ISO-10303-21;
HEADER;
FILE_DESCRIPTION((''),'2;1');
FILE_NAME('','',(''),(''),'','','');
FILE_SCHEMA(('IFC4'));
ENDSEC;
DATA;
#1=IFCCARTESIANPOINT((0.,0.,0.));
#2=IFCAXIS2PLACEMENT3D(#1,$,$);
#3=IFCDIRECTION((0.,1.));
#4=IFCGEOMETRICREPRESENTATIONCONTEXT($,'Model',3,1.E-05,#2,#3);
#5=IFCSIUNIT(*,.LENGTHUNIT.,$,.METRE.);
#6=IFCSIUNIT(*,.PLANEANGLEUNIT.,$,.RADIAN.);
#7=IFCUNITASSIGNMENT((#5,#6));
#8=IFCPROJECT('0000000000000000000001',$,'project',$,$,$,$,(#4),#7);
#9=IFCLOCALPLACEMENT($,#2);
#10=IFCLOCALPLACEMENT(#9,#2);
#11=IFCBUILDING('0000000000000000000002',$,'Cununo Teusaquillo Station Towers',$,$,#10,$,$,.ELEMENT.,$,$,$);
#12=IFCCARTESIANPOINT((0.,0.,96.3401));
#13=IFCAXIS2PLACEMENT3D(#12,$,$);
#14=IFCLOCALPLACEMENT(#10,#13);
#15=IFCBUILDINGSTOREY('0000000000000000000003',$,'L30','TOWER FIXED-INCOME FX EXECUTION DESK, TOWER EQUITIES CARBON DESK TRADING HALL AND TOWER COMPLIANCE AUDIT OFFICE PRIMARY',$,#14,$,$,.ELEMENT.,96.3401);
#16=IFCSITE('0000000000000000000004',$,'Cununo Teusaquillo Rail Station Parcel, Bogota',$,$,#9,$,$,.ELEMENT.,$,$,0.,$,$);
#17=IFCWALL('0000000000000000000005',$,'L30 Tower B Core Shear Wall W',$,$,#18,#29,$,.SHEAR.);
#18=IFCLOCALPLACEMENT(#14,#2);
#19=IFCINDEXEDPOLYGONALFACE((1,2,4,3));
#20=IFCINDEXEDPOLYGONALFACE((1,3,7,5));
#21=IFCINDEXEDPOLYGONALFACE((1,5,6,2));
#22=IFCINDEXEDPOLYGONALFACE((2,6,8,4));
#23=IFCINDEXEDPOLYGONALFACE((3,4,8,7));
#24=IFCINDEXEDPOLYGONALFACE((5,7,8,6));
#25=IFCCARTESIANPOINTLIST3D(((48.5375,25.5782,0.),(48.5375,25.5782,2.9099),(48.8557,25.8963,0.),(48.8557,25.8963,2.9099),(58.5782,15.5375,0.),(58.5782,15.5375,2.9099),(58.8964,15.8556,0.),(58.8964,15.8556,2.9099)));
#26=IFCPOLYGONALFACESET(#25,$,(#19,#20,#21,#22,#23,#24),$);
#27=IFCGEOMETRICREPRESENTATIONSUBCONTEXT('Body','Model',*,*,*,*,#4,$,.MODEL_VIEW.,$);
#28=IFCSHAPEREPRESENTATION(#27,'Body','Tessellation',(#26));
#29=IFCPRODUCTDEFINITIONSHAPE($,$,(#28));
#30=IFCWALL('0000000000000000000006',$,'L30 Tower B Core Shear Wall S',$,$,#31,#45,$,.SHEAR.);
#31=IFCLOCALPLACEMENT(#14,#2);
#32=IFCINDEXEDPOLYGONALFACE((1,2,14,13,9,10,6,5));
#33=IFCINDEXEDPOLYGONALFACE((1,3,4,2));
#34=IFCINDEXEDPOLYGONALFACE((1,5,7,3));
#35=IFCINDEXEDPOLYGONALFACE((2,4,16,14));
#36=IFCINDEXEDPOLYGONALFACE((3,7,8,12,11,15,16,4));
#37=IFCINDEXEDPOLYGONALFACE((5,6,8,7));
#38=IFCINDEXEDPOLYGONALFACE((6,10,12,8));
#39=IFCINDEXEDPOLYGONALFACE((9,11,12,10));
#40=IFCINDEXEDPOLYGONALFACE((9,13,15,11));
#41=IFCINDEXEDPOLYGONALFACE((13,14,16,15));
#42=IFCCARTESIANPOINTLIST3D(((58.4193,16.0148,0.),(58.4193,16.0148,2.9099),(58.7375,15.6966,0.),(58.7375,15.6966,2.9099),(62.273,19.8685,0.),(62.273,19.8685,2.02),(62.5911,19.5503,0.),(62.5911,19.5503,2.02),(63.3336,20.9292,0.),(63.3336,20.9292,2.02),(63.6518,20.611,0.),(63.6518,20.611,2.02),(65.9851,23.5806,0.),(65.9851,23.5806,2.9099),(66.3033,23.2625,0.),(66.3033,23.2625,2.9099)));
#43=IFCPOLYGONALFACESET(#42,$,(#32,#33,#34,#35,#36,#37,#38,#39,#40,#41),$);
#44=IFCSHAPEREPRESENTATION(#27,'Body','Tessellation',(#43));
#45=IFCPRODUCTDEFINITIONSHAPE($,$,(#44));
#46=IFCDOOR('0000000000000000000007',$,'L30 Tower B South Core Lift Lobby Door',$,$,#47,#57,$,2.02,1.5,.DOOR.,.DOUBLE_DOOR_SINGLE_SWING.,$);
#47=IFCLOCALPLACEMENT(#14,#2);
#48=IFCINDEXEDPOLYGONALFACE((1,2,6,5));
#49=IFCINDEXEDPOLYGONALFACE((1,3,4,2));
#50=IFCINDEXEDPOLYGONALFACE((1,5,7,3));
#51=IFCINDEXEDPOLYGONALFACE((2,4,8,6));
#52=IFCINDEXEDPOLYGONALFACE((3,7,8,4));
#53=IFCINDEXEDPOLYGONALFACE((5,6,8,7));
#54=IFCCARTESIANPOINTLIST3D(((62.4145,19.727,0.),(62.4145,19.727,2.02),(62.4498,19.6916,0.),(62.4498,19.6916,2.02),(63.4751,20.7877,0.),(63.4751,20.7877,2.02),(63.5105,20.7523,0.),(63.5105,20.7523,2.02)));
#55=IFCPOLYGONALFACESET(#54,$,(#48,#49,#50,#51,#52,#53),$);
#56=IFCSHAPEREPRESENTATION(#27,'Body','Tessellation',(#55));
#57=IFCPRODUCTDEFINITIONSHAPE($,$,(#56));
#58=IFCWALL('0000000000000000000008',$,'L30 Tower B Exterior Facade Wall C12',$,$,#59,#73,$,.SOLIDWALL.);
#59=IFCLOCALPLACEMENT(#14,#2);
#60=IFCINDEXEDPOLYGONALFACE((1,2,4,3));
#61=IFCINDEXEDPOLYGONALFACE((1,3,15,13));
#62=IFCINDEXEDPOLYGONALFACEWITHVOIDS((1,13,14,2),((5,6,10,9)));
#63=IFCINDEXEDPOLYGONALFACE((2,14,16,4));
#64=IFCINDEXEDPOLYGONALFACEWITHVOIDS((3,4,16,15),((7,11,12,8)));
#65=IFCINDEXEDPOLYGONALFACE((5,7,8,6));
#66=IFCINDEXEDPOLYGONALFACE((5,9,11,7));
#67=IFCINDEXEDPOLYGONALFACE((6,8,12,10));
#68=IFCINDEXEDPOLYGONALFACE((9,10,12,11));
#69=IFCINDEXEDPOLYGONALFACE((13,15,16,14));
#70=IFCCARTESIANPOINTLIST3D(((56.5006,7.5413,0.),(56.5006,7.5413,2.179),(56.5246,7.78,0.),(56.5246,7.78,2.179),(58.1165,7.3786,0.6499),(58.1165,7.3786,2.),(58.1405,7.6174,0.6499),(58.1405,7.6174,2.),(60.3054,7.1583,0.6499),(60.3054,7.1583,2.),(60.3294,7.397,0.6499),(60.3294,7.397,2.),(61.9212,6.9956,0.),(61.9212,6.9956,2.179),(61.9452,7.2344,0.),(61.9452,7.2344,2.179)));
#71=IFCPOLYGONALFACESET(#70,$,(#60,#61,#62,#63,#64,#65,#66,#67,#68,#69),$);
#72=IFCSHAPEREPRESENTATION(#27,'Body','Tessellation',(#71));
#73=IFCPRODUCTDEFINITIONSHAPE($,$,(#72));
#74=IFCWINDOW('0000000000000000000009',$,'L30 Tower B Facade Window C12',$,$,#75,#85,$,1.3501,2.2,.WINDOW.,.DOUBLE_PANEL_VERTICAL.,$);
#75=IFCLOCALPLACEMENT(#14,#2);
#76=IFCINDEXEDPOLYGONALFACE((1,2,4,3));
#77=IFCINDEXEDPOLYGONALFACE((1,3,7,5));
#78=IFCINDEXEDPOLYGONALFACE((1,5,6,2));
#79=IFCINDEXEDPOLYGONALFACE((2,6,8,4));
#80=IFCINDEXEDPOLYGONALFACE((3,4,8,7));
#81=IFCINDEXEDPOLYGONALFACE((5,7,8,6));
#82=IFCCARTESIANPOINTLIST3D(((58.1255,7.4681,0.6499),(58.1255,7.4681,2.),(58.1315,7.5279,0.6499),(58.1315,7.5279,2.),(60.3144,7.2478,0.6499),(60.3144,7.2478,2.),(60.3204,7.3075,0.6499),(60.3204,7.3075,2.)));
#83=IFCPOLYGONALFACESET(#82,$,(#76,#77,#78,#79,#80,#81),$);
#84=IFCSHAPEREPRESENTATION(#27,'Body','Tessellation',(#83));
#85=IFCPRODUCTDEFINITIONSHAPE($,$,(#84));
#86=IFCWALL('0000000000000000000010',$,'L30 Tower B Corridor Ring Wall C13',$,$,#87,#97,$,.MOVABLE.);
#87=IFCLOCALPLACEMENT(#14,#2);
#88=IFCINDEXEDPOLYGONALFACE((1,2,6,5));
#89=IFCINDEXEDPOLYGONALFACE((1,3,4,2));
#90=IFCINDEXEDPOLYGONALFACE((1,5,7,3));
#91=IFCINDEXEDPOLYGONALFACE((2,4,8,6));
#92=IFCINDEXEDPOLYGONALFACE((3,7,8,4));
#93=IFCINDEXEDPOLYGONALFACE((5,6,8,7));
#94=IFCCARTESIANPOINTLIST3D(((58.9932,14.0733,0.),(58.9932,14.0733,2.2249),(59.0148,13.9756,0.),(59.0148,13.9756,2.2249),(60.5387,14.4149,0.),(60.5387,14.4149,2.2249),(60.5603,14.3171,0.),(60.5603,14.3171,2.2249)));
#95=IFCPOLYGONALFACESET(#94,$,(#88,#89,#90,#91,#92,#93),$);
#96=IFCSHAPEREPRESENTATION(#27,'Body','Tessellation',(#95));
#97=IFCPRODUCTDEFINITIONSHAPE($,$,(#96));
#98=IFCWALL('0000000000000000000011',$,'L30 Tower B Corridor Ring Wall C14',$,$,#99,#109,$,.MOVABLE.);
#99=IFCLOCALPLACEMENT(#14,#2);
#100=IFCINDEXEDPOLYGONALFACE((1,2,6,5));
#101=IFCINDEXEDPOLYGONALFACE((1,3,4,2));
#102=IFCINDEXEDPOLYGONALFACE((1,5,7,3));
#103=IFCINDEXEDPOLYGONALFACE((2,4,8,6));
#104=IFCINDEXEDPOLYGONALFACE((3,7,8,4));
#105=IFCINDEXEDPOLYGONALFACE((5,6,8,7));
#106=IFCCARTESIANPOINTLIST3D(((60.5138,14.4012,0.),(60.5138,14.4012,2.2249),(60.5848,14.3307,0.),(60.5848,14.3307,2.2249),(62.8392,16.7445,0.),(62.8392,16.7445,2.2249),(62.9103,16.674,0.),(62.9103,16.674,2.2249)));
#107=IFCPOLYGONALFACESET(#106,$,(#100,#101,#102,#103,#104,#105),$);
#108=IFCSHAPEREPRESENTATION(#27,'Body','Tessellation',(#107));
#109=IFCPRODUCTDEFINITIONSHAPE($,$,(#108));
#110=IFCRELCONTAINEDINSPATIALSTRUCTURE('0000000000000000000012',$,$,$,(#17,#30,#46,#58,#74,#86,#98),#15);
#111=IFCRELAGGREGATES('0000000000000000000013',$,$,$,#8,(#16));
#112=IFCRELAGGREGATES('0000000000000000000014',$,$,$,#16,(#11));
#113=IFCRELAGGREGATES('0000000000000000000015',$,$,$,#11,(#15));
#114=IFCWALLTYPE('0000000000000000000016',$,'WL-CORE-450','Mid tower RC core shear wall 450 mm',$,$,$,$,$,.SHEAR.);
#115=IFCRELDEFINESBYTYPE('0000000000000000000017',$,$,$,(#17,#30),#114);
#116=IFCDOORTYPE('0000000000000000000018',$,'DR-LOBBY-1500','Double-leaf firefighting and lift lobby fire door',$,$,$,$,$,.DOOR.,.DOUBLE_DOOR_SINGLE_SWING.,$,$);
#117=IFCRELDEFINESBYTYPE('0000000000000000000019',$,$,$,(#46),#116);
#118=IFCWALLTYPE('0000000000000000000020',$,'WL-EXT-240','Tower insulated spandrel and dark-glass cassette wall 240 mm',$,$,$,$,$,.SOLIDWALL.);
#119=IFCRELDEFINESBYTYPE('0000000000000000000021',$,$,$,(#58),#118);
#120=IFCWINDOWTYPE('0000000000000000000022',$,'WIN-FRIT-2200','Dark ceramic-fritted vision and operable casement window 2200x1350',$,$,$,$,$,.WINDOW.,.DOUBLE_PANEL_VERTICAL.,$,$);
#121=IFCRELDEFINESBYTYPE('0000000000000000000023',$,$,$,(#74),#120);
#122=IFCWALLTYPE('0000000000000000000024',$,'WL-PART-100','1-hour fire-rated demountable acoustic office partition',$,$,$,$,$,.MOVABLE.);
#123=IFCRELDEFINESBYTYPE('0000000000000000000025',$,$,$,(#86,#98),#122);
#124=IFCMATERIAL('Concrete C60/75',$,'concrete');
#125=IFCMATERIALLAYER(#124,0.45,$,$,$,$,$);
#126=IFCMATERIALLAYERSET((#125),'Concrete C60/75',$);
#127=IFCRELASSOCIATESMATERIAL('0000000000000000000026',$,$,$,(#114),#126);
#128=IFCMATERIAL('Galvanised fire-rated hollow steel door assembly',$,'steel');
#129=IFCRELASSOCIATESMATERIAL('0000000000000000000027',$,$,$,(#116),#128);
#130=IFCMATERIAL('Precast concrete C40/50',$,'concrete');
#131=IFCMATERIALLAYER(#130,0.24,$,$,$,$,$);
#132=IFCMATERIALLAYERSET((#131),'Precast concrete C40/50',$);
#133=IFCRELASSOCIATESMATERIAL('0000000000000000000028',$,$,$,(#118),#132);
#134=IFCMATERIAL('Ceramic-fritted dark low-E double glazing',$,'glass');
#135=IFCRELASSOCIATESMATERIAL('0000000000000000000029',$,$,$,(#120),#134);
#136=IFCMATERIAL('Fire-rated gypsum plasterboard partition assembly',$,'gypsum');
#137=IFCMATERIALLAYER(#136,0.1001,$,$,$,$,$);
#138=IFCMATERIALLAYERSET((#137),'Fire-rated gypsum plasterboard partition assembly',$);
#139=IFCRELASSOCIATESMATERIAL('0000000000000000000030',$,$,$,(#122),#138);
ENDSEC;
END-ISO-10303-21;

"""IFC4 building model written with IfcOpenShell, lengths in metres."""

from ifc_helpers import new_model, si_unit, direction, frame, frame_2d, origin, place, context, subcontext, project, spatial, rectangle, extrude, source, transform, mapped, material, layer, layer_set, type_object, element, fill, save


model = new_model("IFC4")

# Units and contexts
model_context = context("Model", 3, precision=1e-05, world=origin(), true_north=direction((0.0, 1.0)))
body_context = subcontext(model_context, "Body", "Model", "MODEL_VIEW")
ifc_project = project(units=[si_unit("LENGTHUNIT", "METRE"), si_unit("PLANEANGLEUNIT", "RADIAN")], contexts=[model_context])

# Site, building, storey
site_placement = place(None, origin())
site = spatial("IfcSite", under=ifc_project, at=site_placement, Name="Cununo Teusaquillo Rail Station Parcel, Bogota", CompositionType="ELEMENT", RefElevation=0.0)
building_placement = place(site_placement, origin())
building = spatial("IfcBuilding", under=site, at=building_placement, Name="Cununo Teusaquillo Station Towers", CompositionType="ELEMENT")
storey_placement = place(building_placement, frame((0.0, 0.0, 96.3401)))
storey = spatial("IfcBuildingStorey", under=building, at=storey_placement, Name="L30", Description="TOWER FIXED-INCOME FX EXECUTION DESK, TOWER EQUITIES CARBON DESK TRADING HALL AND TOWER COMPLIANCE AUDIT OFFICE PRIMARY", CompositionType="ELEMENT", Elevation=96.3401)

# Wall
ifc_material_1 = material(Name="Concrete C60/75", Category="concrete")
ifc_layer_1 = layer(ifc_material_1, 0.45)
ifc_layer_set_1 = layer_set([ifc_layer_1], Name="Concrete C60/75")
wall_type_1 = type_object("IfcWallType", Name="WL-CORE-450", Description="Mid tower RC core shear wall 450 mm", PredefinedType="SHEAR", material=ifc_layer_set_1)
wall_1_placement = place(storey_placement, frame((58.7373, 15.6965, 0.0), z_axis=(0.0, 0.0, 1.0), x_axis=(-0.707107, 0.707107, 0.0)))
element("IfcWall", 1, at=wall_1_placement, inside=storey, type_object=wall_type_1, Name="L30 Tower B Core Shear Wall W", PredefinedType="SHEAR", context=body_context, shape_type="SweptSolid", body=[
    extrude(rectangle(XDim=14.1997, YDim=0.45, at=frame_2d((7.0999, 0.0))), origin(), (0.0, 0.0, 1.0), 2.9099),
])

# Wall, opening, door
wall_2_placement = place(storey_placement, frame((58.5784, 15.8557, 0.0), z_axis=(0.0, 0.0, 1.0), x_axis=(0.707107, 0.707107, 0.0)))
wall_2 = element("IfcWall", 2, at=wall_2_placement, inside=storey, type_object=wall_type_1, Name="L30 Tower B Core Shear Wall S", PredefinedType="SHEAR", context=body_context, shape_type="SweptSolid", body=[
    extrude(rectangle(XDim=10.6997, YDim=0.45, at=frame_2d((5.3499, 0.0))), origin(), (0.0, 0.0, 1.0), 2.9099),
])
shared_shape_1 = source(origin(), body_context, "Body", "SweptSolid", [
    extrude(rectangle(XDim=1.5, YDim=2.02, at=frame_2d((0.75, 1.01))), frame((0.0, 0.2349, 0.0), z_axis=(0.0, -1.0, 0.0), x_axis=(1.0, 0.0, 0.0)), (0.0, 0.0, 1.0), 0.47),
])
opening_1_placement = place(wall_2_placement, frame((5.45, 0.0, 0.0)))
opening_1 = element("IfcOpeningElement", 3, at=opening_1_placement, cuts=wall_2, PredefinedType="OPENING", context=body_context, shape_type="MappedRepresentation", body=[
    mapped(shared_shape_1, transform((0.0, 0.0, 0.0), x_axis=(1.0, 0.0, 0.0), y_axis=(0.0, 1.0, 0.0), z_axis=(0.0, 0.0, 1.0), scale=1.0)),
])
ifc_material_2 = material(Name="Galvanised fire-rated hollow steel door assembly", Category="steel")
door_type = type_object("IfcDoorType", Name="DR-LOBBY-1500", Description="Double-leaf firefighting and lift lobby fire door", OperationType="DOUBLE_DOOR_SINGLE_SWING", PredefinedType="DOOR", material=ifc_material_2)
shared_shape_2 = source(origin(), body_context, "Body", "SweptSolid", [
    extrude(rectangle(XDim=1.5, YDim=2.02, at=frame_2d((0.75, 1.01))), frame((0.0, 0.0249, 0.0), z_axis=(0.0, -1.0, 0.0), x_axis=(1.0, 0.0, 0.0)), (0.0, 0.0, 1.0), 0.05),
])
door_placement = place(opening_1_placement, origin())
door = element("IfcDoor", 4, at=door_placement, inside=storey, type_object=door_type, Name="L30 Tower B South Core Lift Lobby Door", OperationType="DOUBLE_DOOR_SINGLE_SWING", OverallHeight=2.02, OverallWidth=1.5, PredefinedType="DOOR", context=body_context, shape_type="MappedRepresentation", body=[
    mapped(shared_shape_2, transform((0.0, 0.0, 0.0), x_axis=(1.0, 0.0, 0.0), y_axis=(0.0, 1.0, 0.0), z_axis=(0.0, 0.0, 1.0), scale=1.0)),
])
fill(opening_1, door)

# Wall, opening, window
ifc_material_3 = material(Name="Precast concrete C40/50", Category="concrete")
ifc_layer_2 = layer(ifc_material_3, 0.24)
ifc_layer_set_2 = layer_set([ifc_layer_2], Name="Precast concrete C40/50")
wall_type_2 = type_object("IfcWallType", Name="WL-EXT-240", Description="Tower insulated spandrel and dark-glass cassette wall 240 mm", PredefinedType="SOLIDWALL", material=ifc_layer_set_2)
wall_3_placement = place(storey_placement, frame((61.9333, 7.115, 0.0), z_axis=(0.0, 0.0, 1.0), x_axis=(-0.994972, 0.100156, 0.0)))
wall_3 = element("IfcWall", 5, at=wall_3_placement, inside=storey, type_object=wall_type_2, Name="L30 Tower B Exterior Facade Wall C12", PredefinedType="SOLIDWALL", context=body_context, shape_type="SweptSolid", body=[
    extrude(rectangle(XDim=5.448, YDim=0.24, at=frame_2d((2.7241, 0.0))), origin(), (0.0, 0.0, 1.0), 2.179),
])
shared_shape_3 = source(origin(), body_context, "Body", "SweptSolid", [
    extrude(rectangle(XDim=2.2, YDim=1.3501, at=frame_2d((1.1001, 0.675))), frame((0.0, 0.1299, 0.0), z_axis=(0.0, -1.0, 0.0), x_axis=(1.0, 0.0, 0.0)), (0.0, 0.0, 1.0), 0.26),
])
opening_2_placement = place(wall_3_placement, frame((1.624, 0.0, 0.6499)))
opening_2 = element("IfcOpeningElement", 6, at=opening_2_placement, cuts=wall_3, PredefinedType="OPENING", context=body_context, shape_type="MappedRepresentation", body=[
    mapped(shared_shape_3, transform((0.0, 0.0, 0.0), x_axis=(1.0, 0.0, 0.0), y_axis=(0.0, 1.0, 0.0), z_axis=(0.0, 0.0, 1.0), scale=1.0)),
])
ifc_material_4 = material(Name="Ceramic-fritted dark low-E double glazing", Category="glass")
window_type = type_object("IfcWindowType", Name="WIN-FRIT-2200", Description="Dark ceramic-fritted vision and operable casement window 2200x1350", PartitioningType="DOUBLE_PANEL_VERTICAL", PredefinedType="WINDOW", material=ifc_material_4)
shared_shape_4 = source(origin(), body_context, "Body", "SweptSolid", [
    extrude(rectangle(XDim=2.2, YDim=1.3501, at=frame_2d((1.1001, 0.675))), frame((0.0, 0.03, 0.0), z_axis=(0.0, -1.0, 0.0), x_axis=(1.0, 0.0, 0.0)), (0.0, 0.0, 1.0), 0.0601),
])
window_placement = place(opening_2_placement, origin())
window = element("IfcWindow", 7, at=window_placement, inside=storey, type_object=window_type, Name="L30 Tower B Facade Window C12", OverallHeight=1.3501, OverallWidth=2.2, PartitioningType="DOUBLE_PANEL_VERTICAL", PredefinedType="WINDOW", context=body_context, shape_type="MappedRepresentation", body=[
    mapped(shared_shape_4, transform((0.0, 0.0, 0.0), x_axis=(1.0, 0.0, 0.0), y_axis=(0.0, 1.0, 0.0), z_axis=(0.0, 0.0, 1.0), scale=1.0)),
])
fill(opening_2, window)

# Walls
ifc_material_5 = material(Name="Fire-rated gypsum plasterboard partition assembly", Category="gypsum")
ifc_layer_3 = layer(ifc_material_5, 0.1001)
ifc_layer_set_3 = layer_set([ifc_layer_3], Name="Fire-rated gypsum plasterboard partition assembly")
wall_type_3 = type_object("IfcWallType", Name="WL-PART-100", Description="1-hour fire-rated demountable acoustic office partition", PredefinedType="MOVABLE", material=ifc_layer_set_3)
wall_4_placement = place(storey_placement, frame((59.0039, 14.0244, 0.0), z_axis=(0.0, 0.0, 1.0), x_axis=(0.976437, 0.215803, 0.0)))
element("IfcWall", 8, at=wall_4_placement, inside=storey, type_object=wall_type_3, Name="L30 Tower B Corridor Ring Wall C13", PredefinedType="MOVABLE", context=body_context, shape_type="SweptSolid", body=[
    extrude(rectangle(XDim=1.5828, YDim=0.1001, at=frame_2d((0.7915, 0.0))), origin(), (0.0, 0.0, 1.0), 2.2249),
])
wall_5_placement = place(storey_placement, frame((60.5493, 14.366, 0.0), z_axis=(0.0, 0.0, 1.0), x_axis=(0.704402, 0.709801, 0.0)))
element("IfcWall", 9, at=wall_5_placement, inside=storey, type_object=wall_type_3, Name="L30 Tower B Corridor Ring Wall C14", PredefinedType="MOVABLE", context=body_context, shape_type="SweptSolid", body=[
    extrude(rectangle(XDim=3.3013, YDim=0.1001, at=frame_2d((1.6506, 0.0))), origin(), (0.0, 0.0, 1.0), 2.2249),
])

save(model, "model.ifc")
